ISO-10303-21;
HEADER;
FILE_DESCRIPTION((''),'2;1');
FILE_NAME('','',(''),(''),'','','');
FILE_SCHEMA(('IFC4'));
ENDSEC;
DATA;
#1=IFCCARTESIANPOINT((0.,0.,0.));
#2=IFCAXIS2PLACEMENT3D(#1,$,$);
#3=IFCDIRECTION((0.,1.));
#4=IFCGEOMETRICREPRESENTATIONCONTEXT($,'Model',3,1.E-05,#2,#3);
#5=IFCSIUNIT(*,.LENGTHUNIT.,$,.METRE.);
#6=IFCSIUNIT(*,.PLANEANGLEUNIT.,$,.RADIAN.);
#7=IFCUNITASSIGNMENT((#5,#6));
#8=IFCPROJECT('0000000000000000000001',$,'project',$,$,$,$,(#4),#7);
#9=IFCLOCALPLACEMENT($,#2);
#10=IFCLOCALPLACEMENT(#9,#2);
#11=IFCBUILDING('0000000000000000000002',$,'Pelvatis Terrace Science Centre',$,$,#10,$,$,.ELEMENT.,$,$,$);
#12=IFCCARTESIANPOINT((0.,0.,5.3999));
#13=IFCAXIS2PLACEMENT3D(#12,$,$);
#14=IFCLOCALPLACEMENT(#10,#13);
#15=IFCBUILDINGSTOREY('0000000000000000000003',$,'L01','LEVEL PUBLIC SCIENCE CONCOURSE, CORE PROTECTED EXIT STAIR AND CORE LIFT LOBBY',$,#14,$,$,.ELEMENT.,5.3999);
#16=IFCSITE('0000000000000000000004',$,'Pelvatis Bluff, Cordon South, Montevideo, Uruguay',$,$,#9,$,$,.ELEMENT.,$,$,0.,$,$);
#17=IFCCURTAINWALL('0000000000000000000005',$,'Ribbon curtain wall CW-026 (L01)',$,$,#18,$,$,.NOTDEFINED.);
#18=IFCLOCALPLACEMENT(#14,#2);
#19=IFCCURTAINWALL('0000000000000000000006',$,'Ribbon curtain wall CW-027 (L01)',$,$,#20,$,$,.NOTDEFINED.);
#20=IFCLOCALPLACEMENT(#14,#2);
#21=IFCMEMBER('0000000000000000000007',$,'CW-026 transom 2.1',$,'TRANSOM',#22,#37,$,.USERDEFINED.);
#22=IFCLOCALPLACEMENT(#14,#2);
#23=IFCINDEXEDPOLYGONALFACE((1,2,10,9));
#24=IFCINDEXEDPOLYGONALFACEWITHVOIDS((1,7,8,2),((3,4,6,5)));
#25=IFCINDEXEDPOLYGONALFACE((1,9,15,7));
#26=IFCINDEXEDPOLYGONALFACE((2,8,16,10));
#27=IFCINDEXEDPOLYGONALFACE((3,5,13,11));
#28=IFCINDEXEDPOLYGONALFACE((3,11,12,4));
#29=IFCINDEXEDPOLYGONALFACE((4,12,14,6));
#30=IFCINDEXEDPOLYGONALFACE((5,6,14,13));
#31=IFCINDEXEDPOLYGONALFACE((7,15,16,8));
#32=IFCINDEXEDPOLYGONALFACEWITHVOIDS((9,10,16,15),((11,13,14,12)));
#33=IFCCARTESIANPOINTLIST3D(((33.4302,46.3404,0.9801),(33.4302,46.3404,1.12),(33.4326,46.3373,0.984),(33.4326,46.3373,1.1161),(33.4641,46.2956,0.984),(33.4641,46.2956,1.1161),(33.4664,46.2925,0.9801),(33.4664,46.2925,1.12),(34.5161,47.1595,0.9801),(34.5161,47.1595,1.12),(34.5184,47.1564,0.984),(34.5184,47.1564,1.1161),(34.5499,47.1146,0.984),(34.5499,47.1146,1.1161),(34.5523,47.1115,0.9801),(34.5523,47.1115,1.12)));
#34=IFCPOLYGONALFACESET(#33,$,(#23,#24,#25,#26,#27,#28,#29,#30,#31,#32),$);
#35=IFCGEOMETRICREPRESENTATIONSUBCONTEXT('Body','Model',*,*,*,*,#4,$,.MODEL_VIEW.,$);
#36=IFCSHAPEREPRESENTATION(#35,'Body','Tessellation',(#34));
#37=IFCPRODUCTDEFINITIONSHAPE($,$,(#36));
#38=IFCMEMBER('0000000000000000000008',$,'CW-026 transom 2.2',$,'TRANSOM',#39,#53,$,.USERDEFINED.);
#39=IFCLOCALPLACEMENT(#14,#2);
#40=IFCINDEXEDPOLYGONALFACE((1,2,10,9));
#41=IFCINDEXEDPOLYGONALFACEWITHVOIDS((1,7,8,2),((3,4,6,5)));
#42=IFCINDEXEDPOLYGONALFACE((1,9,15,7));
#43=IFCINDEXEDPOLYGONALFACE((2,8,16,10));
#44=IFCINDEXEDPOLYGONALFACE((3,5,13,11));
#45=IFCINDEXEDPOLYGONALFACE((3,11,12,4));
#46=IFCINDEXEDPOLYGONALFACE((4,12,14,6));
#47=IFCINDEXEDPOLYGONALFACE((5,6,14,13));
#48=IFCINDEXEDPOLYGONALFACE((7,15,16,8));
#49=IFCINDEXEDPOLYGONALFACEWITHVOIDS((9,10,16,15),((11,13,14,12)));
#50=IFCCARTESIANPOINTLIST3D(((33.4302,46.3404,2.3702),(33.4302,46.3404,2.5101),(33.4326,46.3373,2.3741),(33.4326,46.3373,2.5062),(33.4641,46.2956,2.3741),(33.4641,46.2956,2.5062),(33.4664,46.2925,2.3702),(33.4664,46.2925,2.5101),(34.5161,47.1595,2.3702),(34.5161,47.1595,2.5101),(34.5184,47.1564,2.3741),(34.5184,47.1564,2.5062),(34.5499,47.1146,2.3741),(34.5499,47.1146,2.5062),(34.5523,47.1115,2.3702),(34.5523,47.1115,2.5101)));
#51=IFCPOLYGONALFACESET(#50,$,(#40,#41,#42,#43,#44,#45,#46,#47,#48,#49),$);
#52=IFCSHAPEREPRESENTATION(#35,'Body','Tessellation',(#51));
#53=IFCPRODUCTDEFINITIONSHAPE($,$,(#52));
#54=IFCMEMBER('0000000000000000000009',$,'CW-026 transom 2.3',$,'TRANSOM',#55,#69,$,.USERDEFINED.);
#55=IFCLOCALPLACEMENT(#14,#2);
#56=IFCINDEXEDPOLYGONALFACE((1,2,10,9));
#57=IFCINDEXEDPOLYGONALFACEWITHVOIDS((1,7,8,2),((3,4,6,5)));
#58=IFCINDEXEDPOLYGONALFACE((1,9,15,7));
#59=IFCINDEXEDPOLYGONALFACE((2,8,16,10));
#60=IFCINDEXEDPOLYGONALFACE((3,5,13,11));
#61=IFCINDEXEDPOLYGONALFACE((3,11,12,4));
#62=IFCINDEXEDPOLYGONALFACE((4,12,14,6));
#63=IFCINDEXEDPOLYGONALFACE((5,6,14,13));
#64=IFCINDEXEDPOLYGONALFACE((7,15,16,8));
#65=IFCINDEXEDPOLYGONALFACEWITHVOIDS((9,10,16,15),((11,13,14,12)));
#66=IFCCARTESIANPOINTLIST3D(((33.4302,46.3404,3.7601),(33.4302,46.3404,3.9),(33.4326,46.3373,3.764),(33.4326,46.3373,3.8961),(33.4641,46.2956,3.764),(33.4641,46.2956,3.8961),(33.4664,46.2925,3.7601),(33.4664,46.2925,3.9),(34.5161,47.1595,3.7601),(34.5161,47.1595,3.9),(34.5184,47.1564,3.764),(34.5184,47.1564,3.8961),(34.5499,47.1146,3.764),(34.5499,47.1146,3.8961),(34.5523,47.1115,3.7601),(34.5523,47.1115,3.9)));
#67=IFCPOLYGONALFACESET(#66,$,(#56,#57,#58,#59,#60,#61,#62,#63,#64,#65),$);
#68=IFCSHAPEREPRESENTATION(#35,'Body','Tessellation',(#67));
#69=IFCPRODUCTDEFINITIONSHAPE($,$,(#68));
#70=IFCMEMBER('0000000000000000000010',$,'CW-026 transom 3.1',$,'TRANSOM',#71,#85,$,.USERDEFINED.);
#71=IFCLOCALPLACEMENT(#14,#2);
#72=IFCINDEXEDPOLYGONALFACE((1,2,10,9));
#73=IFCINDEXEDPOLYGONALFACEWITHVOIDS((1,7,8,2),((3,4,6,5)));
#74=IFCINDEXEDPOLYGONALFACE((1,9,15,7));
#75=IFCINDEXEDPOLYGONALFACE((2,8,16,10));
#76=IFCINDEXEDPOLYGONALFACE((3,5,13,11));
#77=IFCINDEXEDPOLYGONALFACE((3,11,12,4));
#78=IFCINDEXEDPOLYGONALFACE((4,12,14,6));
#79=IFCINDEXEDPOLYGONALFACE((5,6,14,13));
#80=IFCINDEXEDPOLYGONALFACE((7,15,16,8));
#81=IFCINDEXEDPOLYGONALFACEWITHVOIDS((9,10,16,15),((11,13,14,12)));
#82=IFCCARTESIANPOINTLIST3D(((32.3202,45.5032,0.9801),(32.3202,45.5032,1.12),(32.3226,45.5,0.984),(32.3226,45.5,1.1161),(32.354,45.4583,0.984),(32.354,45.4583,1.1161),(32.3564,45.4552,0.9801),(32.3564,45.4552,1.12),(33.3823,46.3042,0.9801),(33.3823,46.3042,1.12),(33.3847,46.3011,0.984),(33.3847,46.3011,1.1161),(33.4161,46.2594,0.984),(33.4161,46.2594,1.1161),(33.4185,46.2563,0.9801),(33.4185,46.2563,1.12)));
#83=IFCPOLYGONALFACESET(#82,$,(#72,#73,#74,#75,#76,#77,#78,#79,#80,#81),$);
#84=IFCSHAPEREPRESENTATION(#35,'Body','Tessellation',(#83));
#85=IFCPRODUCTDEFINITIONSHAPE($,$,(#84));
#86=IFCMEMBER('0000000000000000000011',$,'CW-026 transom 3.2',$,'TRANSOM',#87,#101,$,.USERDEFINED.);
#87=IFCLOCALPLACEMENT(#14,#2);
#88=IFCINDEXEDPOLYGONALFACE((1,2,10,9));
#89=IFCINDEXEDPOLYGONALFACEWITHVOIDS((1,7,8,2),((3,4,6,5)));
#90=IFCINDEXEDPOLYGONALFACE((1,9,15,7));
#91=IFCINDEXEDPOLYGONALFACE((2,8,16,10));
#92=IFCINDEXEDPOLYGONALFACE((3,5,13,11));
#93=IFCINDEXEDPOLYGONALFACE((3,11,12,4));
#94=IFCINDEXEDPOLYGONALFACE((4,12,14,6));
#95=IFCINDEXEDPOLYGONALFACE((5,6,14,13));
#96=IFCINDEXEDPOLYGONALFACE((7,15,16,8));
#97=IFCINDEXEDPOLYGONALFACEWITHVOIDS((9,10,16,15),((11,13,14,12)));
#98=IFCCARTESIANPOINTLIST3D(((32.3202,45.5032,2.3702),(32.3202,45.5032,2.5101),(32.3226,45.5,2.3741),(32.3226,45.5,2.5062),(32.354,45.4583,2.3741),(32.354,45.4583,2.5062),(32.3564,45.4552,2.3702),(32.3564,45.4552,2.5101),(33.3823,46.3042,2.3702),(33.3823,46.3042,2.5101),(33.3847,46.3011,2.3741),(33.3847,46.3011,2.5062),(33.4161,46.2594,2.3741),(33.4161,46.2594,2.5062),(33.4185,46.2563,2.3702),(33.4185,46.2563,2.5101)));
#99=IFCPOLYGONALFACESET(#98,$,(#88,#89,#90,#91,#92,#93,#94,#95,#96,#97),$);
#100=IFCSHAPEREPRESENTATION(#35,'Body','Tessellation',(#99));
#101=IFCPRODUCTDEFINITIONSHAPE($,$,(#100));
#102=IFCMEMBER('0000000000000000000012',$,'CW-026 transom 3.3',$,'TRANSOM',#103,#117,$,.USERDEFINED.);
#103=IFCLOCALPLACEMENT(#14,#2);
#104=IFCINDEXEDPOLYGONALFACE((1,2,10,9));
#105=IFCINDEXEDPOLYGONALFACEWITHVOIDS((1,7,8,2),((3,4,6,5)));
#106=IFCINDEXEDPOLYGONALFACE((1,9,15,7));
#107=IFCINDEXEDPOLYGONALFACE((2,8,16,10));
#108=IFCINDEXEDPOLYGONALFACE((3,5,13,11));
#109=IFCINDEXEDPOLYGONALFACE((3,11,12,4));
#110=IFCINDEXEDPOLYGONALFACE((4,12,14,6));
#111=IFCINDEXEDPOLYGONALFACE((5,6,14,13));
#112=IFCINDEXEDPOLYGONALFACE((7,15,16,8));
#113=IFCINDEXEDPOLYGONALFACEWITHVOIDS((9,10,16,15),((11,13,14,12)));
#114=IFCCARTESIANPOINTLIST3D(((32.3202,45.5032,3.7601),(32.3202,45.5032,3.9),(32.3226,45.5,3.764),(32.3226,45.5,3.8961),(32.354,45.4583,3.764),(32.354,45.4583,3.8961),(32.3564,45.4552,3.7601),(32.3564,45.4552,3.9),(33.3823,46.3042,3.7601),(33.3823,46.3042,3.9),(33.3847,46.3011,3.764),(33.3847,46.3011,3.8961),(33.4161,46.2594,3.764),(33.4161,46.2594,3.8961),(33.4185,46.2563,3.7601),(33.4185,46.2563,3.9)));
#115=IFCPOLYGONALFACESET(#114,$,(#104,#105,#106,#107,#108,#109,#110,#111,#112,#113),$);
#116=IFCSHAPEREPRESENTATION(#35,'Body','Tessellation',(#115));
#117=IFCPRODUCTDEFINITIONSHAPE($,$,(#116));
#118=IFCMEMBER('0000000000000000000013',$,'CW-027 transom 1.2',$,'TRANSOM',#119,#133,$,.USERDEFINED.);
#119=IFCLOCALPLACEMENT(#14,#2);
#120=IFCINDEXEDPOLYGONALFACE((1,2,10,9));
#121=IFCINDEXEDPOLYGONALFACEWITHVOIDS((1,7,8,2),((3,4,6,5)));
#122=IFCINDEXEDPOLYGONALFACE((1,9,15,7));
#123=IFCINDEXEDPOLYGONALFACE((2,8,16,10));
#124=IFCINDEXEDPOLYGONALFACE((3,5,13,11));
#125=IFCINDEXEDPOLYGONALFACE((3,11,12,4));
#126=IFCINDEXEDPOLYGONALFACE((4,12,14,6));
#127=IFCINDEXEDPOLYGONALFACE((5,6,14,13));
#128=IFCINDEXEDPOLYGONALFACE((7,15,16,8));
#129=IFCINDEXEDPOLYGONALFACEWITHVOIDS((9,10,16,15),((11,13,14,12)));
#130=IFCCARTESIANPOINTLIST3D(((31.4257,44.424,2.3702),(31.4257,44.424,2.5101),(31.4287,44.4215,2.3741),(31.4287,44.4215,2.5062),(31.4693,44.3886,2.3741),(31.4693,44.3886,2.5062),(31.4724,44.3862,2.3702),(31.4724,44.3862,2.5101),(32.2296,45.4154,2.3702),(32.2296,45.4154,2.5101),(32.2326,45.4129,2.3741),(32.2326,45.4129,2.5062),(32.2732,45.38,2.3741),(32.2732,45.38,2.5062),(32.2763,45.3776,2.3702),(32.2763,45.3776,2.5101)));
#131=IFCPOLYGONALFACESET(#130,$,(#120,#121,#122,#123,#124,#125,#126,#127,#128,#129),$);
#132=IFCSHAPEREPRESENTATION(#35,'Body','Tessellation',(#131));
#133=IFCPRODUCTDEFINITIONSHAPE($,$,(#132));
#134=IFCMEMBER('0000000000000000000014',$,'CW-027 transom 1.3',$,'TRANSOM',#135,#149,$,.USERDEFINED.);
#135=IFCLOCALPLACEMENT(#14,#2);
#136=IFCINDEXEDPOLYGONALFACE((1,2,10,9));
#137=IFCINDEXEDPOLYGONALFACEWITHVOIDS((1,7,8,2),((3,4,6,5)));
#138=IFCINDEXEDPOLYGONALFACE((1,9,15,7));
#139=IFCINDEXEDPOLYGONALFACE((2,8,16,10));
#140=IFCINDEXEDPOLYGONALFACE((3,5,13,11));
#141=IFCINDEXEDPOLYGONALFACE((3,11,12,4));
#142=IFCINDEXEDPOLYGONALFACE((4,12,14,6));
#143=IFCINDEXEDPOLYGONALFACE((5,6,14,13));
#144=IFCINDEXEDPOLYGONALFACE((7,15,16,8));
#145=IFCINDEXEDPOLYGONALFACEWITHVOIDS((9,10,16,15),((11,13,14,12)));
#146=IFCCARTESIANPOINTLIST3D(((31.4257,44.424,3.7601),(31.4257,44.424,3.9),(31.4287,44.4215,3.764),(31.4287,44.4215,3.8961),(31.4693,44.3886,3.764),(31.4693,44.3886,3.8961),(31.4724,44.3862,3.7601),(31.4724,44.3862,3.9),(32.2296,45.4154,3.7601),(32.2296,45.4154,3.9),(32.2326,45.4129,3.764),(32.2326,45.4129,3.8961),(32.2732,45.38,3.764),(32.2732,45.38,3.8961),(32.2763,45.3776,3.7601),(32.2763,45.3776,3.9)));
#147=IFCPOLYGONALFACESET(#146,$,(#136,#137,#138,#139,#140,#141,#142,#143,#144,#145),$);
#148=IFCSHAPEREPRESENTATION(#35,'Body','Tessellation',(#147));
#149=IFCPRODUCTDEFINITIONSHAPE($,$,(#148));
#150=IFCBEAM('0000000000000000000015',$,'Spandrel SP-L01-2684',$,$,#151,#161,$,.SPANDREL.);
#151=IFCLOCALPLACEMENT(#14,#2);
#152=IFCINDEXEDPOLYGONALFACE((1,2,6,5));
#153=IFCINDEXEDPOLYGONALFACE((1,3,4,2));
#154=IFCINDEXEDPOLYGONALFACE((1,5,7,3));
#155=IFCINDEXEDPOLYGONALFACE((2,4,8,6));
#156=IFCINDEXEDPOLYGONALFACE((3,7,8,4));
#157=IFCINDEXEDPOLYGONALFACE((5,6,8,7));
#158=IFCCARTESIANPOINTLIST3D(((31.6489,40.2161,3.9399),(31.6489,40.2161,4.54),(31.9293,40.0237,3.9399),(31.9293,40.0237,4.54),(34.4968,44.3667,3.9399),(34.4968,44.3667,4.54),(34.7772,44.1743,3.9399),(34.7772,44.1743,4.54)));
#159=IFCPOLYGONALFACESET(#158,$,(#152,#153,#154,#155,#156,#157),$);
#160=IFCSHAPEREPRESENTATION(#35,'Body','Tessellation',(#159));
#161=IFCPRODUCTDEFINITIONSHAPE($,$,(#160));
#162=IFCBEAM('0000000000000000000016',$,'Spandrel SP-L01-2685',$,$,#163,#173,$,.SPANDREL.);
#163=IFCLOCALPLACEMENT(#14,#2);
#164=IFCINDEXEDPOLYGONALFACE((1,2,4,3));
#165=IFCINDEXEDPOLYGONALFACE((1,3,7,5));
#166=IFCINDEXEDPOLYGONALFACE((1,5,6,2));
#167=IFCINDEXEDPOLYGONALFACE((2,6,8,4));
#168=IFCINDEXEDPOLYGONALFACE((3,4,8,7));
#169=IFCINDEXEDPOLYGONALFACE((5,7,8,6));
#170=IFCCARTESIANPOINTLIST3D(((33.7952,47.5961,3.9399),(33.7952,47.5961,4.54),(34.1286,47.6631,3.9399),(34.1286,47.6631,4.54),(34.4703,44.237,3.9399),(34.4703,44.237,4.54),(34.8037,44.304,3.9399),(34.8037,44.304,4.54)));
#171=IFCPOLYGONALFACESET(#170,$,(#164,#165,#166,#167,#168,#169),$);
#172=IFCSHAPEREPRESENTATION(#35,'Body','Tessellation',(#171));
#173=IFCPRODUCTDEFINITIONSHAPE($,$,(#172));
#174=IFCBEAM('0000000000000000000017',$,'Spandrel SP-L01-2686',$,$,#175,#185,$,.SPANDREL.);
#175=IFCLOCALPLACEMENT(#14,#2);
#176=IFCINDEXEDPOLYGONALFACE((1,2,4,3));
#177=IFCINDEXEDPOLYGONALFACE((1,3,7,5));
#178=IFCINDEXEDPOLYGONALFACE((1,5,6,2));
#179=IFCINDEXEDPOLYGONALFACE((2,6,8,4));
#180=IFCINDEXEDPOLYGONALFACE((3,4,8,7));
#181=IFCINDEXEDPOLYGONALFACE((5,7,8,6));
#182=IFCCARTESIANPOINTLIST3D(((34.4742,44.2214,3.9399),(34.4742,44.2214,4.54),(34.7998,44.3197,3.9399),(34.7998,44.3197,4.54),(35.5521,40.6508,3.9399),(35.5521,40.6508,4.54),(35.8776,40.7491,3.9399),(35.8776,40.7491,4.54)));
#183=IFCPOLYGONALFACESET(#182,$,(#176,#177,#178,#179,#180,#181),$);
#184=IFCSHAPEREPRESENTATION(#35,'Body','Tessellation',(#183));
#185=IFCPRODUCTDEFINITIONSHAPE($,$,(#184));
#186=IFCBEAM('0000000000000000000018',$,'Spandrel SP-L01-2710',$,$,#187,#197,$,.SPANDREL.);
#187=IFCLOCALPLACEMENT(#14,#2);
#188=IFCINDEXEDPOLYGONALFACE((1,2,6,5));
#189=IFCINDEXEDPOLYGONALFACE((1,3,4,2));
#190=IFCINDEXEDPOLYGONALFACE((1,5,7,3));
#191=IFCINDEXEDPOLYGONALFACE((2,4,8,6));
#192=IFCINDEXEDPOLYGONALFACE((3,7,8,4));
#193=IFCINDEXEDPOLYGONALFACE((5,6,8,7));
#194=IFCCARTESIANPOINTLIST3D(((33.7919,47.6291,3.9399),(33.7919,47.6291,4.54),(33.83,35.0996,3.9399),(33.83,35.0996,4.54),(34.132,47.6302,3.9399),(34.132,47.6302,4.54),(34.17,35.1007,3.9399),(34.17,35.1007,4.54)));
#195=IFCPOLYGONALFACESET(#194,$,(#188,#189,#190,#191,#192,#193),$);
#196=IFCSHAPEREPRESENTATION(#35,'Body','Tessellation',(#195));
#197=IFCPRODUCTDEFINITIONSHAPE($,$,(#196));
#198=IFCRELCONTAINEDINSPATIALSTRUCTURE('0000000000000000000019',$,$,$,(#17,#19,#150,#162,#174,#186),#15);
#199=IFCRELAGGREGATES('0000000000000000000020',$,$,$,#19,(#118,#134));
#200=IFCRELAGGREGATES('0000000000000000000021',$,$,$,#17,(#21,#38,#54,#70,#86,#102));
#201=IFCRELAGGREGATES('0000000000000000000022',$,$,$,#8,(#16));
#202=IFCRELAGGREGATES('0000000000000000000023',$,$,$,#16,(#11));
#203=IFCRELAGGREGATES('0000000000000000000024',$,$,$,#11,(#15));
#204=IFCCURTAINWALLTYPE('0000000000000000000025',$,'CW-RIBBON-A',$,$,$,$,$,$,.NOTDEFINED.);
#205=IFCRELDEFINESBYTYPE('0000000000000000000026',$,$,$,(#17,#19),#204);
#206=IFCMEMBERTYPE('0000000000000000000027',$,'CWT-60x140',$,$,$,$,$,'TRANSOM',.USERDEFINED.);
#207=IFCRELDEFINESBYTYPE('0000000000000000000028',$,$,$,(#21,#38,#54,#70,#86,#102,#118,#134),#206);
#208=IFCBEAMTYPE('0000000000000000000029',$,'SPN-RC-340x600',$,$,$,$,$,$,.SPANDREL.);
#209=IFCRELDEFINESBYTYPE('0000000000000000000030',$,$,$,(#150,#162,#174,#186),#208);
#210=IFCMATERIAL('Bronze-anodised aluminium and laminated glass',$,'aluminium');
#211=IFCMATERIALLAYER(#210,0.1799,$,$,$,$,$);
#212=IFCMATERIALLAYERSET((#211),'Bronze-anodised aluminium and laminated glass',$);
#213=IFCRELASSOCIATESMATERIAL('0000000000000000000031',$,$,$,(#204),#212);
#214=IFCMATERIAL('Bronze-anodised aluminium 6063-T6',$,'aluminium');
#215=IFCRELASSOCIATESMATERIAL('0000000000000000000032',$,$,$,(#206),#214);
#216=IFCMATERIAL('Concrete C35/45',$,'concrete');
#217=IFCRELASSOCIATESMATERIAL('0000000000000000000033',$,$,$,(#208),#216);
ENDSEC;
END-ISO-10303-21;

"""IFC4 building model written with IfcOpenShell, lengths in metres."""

from ifc_helpers import new_model, si_unit, direction, frame, origin, origin_2d, place, context, subcontext, project, spatial, rectangle, hollow_rectangle, extrude, material, layer, layer_set, material_profile, profile_set, type_object, element, aggregate, save


model = new_model("IFC4")

# Units and contexts
model_context = context("Model", 3, precision=1e-05, world=origin(), true_north=direction((0.0, 1.0)))
body_context = subcontext(model_context, "Body", "Model", "MODEL_VIEW")
ifc_project = project(units=[si_unit("LENGTHUNIT", "METRE"), si_unit("PLANEANGLEUNIT", "RADIAN")], contexts=[model_context])

# Site, building, storey
site_placement = place(None, origin())
site = spatial("IfcSite", under=ifc_project, at=site_placement, Name="Pelvatis Bluff, Cordon South, Montevideo, Uruguay", CompositionType="ELEMENT", RefElevation=0.0)
building_placement = place(site_placement, origin())
building = spatial("IfcBuilding", under=site, at=building_placement, Name="Pelvatis Terrace Science Centre", CompositionType="ELEMENT")
storey_placement = place(building_placement, frame((0.0, 0.0, 5.3999)))
storey = spatial("IfcBuildingStorey", under=building, at=storey_placement, Name="L01", Description="LEVEL PUBLIC SCIENCE CONCOURSE, CORE PROTECTED EXIT STAIR AND CORE LIFT LOBBY", CompositionType="ELEMENT", Elevation=5.3999)

# Shared definitions
ifc_material_1 = material(Name="Bronze-anodised aluminium and laminated glass", Category="aluminium")
ifc_layer_1 = layer(ifc_material_1, 0.1799)
ifc_layer_set_1 = layer_set([ifc_layer_1], Name="Bronze-anodised aluminium and laminated glass")
curtain_wall_type = type_object("IfcCurtainWallType", Name="CW-RIBBON-A", PredefinedType="NOTDEFINED", material=ifc_layer_set_1)

# Curtain wall
curtain_wall_1_placement = place(storey_placement, origin())
curtain_wall_1 = element("IfcCurtainWall", 1, at=curtain_wall_1_placement, inside=storey, type_object=curtain_wall_type, Name="Ribbon curtain wall CW-026 (L01)", PredefinedType="NOTDEFINED")

# Curtain wall
curtain_wall_2_placement = place(storey_placement, origin())
curtain_wall_2 = element("IfcCurtainWall", 2, at=curtain_wall_2_placement, inside=storey, type_object=curtain_wall_type, Name="Ribbon curtain wall CW-027 (L01)", PredefinedType="NOTDEFINED")

# Members
ifc_material_2 = material(Name="Bronze-anodised aluminium 6063-T6", Category="aluminium")
ifc_material_profile_1 = material_profile(ifc_material_2, hollow_rectangle(XDim=0.0601, YDim=0.1399, WallThickness=0.0039, at=origin_2d()), Name="ALU-TRN 60x140")
ifc_profile_set_1 = profile_set([ifc_material_profile_1], Name="Bronze-anodised aluminium 6063-T6")
member_type_1 = type_object("IfcMemberType", Name="CWT-60x140", ElementType="TRANSOM", PredefinedType="USERDEFINED", material=ifc_profile_set_1)
member_1_placement = place(storey_placement, frame((34.5342, 47.1355, 1.05), z_axis=(-0.79836, -0.60218, 0.0), x_axis=(0.60218, -0.79836, 0.0)))
member_1 = element("IfcMember", 3, at=member_1_placement, type_object=member_type_1, Name="CW-026 transom 2.1", ObjectType="TRANSOM", PredefinedType="USERDEFINED", context=body_context, shape_type="SweptSolid", body=[
    extrude(hollow_rectangle(XDim=0.0601, YDim=0.1399, WallThickness=0.0039, at=origin_2d()), origin(), (0.0, 0.0, 1.0), 1.3601),
])
member_2_placement = place(storey_placement, frame((34.5342, 47.1355, 2.4402), z_axis=(-0.79836, -0.60218, 0.0), x_axis=(0.60218, -0.79836, 0.0)))
member_2 = element("IfcMember", 4, at=member_2_placement, type_object=member_type_1, Name="CW-026 transom 2.2", ObjectType="TRANSOM", PredefinedType="USERDEFINED", context=body_context, shape_type="SweptSolid", body=[
    extrude(hollow_rectangle(XDim=0.0601, YDim=0.1399, WallThickness=0.0039, at=origin_2d()), origin(), (0.0, 0.0, 1.0), 1.3601),
])
member_3_placement = place(storey_placement, frame((34.5342, 47.1355, 3.8301), z_axis=(-0.79836, -0.60218, 0.0), x_axis=(0.60218, -0.79836, 0.0)))
member_3 = element("IfcMember", 5, at=member_3_placement, type_object=member_type_1, Name="CW-026 transom 2.3", ObjectType="TRANSOM", PredefinedType="USERDEFINED", context=body_context, shape_type="SweptSolid", body=[
    extrude(hollow_rectangle(XDim=0.0601, YDim=0.1399, WallThickness=0.0039, at=origin_2d()), origin(), (0.0, 0.0, 1.0), 1.3601),
])
member_4_placement = place(storey_placement, frame((33.4004, 46.2803, 1.05), z_axis=(-0.798367, -0.602171, 0.0), x_axis=(0.602171, -0.798367, 0.0)))
member_4 = element("IfcMember", 6, at=member_4_placement, type_object=member_type_1, Name="CW-026 transom 3.1", ObjectType="TRANSOM", PredefinedType="USERDEFINED", context=body_context, shape_type="SweptSolid", body=[
    extrude(hollow_rectangle(XDim=0.0601, YDim=0.1399, WallThickness=0.0039, at=origin_2d()), origin(), (0.0, 0.0, 1.0), 1.3303),
])
member_5_placement = place(storey_placement, frame((33.4004, 46.2803, 2.4402), z_axis=(-0.798367, -0.602171, 0.0), x_axis=(0.602171, -0.798367, 0.0)))
member_5 = element("IfcMember", 7, at=member_5_placement, type_object=member_type_1, Name="CW-026 transom 3.2", ObjectType="TRANSOM", PredefinedType="USERDEFINED", context=body_context, shape_type="SweptSolid", body=[
    extrude(hollow_rectangle(XDim=0.0601, YDim=0.1399, WallThickness=0.0039, at=origin_2d()), origin(), (0.0, 0.0, 1.0), 1.3303),
])
member_6_placement = place(storey_placement, frame((33.4004, 46.2803, 3.8301), z_axis=(-0.798367, -0.602171, 0.0), x_axis=(0.602171, -0.798367, 0.0)))
member_6 = element("IfcMember", 8, at=member_6_placement, type_object=member_type_1, Name="CW-026 transom 3.3", ObjectType="TRANSOM", PredefinedType="USERDEFINED", context=body_context, shape_type="SweptSolid", body=[
    extrude(hollow_rectangle(XDim=0.0601, YDim=0.1399, WallThickness=0.0039, at=origin_2d()), origin(), (0.0, 0.0, 1.0), 1.3303),
])
member_7_placement = place(storey_placement, frame((32.2529, 45.3965, 2.4402), z_axis=(-0.629836, -0.776728, 0.0), x_axis=(0.776728, -0.629836, 0.0)))
member_7 = element("IfcMember", 9, at=member_7_placement, type_object=member_type_1, Name="CW-027 transom 1.2", ObjectType="TRANSOM", PredefinedType="USERDEFINED", context=body_context, shape_type="SweptSolid", body=[
    extrude(hollow_rectangle(XDim=0.0601, YDim=0.1399, WallThickness=0.0039, at=origin_2d()), origin(), (0.0, 0.0, 1.0), 1.2764),
])
member_8_placement = place(storey_placement, frame((32.2529, 45.3965, 3.8301), z_axis=(-0.629836, -0.776728, 0.0), x_axis=(0.776728, -0.629836, 0.0)))
member_8 = element("IfcMember", 10, at=member_8_placement, type_object=member_type_1, Name="CW-027 transom 1.3", ObjectType="TRANSOM", PredefinedType="USERDEFINED", context=body_context, shape_type="SweptSolid", body=[
    extrude(hollow_rectangle(XDim=0.0601, YDim=0.1399, WallThickness=0.0039, at=origin_2d()), origin(), (0.0, 0.0, 1.0), 1.2764),
])
aggregate(curtain_wall_2, [member_7, member_8])

# Beams
ifc_material_3 = material(Name="Concrete C35/45", Category="concrete")
ifc_material_profile_2 = material_profile(ifc_material_3, rectangle(XDim=0.3401, YDim=0.6001, at=origin_2d()), Name="RC-SPN 340x600")
ifc_profile_set_2 = profile_set([ifc_material_profile_2], Name="Concrete C35/45")
beam_type = type_object("IfcBeamType", Name="SPN-RC-340x600", PredefinedType="SPANDREL", material=ifc_profile_set_2)
beam_1_placement = place(storey_placement, frame((34.637, 44.2705, 4.24), z_axis=(-0.565765, -0.824567, 0.0), x_axis=(0.824567, -0.565765, 0.0)))
element("IfcBeam", 11, at=beam_1_placement, inside=storey, type_object=beam_type, Name="Spandrel SP-L01-2684", PredefinedType="SPANDREL", context=body_context, shape_type="SweptSolid", body=[
    extrude(rectangle(XDim=0.3401, YDim=0.6001, at=origin_2d()), origin(), (0.0, 0.0, 1.0), 5.0337),
])
beam_2_placement = place(storey_placement, frame((34.637, 44.2705, 4.24), z_axis=(-0.19702, 0.980399, 0.0), x_axis=(-0.980399, -0.19702, 0.0)))
element("IfcBeam", 12, at=beam_2_placement, inside=storey, type_object=beam_type, Name="Spandrel SP-L01-2685", PredefinedType="SPANDREL", context=body_context, shape_type="SweptSolid", body=[
    extrude(rectangle(XDim=0.3401, YDim=0.6001, at=origin_2d()), origin(), (0.0, 0.0, 1.0), 3.4263),
])
beam_3_placement = place(storey_placement, frame((34.637, 44.2705, 4.24), z_axis=(0.288999, -0.957329, 0.0), x_axis=(0.957329, 0.288999, 0.0)))
element("IfcBeam", 13, at=beam_3_placement, inside=storey, type_object=beam_type, Name="Spandrel SP-L01-2686", PredefinedType="SPANDREL", context=body_context, shape_type="SweptSolid", body=[
    extrude(rectangle(XDim=0.3401, YDim=0.6001, at=origin_2d()), origin(), (0.0, 0.0, 1.0), 3.7297),
])
beam_4_placement = place(storey_placement, frame((33.9619, 47.6296, 4.24), z_axis=(0.00304, -0.999995, 0.0), x_axis=(0.999995, 0.00304, 0.0)))
element("IfcBeam", 14, at=beam_4_placement, inside=storey, type_object=beam_type, Name="Spandrel SP-L01-2710", PredefinedType="SPANDREL", context=body_context, shape_type="SweptSolid", body=[
    extrude(rectangle(XDim=0.3401, YDim=0.6001, at=origin_2d()), origin(), (0.0, 0.0, 1.0), 12.5295),
])

aggregate(curtain_wall_1, [member_1, member_2, member_3, member_4, member_5, member_6])

save(model, "model.ifc")
